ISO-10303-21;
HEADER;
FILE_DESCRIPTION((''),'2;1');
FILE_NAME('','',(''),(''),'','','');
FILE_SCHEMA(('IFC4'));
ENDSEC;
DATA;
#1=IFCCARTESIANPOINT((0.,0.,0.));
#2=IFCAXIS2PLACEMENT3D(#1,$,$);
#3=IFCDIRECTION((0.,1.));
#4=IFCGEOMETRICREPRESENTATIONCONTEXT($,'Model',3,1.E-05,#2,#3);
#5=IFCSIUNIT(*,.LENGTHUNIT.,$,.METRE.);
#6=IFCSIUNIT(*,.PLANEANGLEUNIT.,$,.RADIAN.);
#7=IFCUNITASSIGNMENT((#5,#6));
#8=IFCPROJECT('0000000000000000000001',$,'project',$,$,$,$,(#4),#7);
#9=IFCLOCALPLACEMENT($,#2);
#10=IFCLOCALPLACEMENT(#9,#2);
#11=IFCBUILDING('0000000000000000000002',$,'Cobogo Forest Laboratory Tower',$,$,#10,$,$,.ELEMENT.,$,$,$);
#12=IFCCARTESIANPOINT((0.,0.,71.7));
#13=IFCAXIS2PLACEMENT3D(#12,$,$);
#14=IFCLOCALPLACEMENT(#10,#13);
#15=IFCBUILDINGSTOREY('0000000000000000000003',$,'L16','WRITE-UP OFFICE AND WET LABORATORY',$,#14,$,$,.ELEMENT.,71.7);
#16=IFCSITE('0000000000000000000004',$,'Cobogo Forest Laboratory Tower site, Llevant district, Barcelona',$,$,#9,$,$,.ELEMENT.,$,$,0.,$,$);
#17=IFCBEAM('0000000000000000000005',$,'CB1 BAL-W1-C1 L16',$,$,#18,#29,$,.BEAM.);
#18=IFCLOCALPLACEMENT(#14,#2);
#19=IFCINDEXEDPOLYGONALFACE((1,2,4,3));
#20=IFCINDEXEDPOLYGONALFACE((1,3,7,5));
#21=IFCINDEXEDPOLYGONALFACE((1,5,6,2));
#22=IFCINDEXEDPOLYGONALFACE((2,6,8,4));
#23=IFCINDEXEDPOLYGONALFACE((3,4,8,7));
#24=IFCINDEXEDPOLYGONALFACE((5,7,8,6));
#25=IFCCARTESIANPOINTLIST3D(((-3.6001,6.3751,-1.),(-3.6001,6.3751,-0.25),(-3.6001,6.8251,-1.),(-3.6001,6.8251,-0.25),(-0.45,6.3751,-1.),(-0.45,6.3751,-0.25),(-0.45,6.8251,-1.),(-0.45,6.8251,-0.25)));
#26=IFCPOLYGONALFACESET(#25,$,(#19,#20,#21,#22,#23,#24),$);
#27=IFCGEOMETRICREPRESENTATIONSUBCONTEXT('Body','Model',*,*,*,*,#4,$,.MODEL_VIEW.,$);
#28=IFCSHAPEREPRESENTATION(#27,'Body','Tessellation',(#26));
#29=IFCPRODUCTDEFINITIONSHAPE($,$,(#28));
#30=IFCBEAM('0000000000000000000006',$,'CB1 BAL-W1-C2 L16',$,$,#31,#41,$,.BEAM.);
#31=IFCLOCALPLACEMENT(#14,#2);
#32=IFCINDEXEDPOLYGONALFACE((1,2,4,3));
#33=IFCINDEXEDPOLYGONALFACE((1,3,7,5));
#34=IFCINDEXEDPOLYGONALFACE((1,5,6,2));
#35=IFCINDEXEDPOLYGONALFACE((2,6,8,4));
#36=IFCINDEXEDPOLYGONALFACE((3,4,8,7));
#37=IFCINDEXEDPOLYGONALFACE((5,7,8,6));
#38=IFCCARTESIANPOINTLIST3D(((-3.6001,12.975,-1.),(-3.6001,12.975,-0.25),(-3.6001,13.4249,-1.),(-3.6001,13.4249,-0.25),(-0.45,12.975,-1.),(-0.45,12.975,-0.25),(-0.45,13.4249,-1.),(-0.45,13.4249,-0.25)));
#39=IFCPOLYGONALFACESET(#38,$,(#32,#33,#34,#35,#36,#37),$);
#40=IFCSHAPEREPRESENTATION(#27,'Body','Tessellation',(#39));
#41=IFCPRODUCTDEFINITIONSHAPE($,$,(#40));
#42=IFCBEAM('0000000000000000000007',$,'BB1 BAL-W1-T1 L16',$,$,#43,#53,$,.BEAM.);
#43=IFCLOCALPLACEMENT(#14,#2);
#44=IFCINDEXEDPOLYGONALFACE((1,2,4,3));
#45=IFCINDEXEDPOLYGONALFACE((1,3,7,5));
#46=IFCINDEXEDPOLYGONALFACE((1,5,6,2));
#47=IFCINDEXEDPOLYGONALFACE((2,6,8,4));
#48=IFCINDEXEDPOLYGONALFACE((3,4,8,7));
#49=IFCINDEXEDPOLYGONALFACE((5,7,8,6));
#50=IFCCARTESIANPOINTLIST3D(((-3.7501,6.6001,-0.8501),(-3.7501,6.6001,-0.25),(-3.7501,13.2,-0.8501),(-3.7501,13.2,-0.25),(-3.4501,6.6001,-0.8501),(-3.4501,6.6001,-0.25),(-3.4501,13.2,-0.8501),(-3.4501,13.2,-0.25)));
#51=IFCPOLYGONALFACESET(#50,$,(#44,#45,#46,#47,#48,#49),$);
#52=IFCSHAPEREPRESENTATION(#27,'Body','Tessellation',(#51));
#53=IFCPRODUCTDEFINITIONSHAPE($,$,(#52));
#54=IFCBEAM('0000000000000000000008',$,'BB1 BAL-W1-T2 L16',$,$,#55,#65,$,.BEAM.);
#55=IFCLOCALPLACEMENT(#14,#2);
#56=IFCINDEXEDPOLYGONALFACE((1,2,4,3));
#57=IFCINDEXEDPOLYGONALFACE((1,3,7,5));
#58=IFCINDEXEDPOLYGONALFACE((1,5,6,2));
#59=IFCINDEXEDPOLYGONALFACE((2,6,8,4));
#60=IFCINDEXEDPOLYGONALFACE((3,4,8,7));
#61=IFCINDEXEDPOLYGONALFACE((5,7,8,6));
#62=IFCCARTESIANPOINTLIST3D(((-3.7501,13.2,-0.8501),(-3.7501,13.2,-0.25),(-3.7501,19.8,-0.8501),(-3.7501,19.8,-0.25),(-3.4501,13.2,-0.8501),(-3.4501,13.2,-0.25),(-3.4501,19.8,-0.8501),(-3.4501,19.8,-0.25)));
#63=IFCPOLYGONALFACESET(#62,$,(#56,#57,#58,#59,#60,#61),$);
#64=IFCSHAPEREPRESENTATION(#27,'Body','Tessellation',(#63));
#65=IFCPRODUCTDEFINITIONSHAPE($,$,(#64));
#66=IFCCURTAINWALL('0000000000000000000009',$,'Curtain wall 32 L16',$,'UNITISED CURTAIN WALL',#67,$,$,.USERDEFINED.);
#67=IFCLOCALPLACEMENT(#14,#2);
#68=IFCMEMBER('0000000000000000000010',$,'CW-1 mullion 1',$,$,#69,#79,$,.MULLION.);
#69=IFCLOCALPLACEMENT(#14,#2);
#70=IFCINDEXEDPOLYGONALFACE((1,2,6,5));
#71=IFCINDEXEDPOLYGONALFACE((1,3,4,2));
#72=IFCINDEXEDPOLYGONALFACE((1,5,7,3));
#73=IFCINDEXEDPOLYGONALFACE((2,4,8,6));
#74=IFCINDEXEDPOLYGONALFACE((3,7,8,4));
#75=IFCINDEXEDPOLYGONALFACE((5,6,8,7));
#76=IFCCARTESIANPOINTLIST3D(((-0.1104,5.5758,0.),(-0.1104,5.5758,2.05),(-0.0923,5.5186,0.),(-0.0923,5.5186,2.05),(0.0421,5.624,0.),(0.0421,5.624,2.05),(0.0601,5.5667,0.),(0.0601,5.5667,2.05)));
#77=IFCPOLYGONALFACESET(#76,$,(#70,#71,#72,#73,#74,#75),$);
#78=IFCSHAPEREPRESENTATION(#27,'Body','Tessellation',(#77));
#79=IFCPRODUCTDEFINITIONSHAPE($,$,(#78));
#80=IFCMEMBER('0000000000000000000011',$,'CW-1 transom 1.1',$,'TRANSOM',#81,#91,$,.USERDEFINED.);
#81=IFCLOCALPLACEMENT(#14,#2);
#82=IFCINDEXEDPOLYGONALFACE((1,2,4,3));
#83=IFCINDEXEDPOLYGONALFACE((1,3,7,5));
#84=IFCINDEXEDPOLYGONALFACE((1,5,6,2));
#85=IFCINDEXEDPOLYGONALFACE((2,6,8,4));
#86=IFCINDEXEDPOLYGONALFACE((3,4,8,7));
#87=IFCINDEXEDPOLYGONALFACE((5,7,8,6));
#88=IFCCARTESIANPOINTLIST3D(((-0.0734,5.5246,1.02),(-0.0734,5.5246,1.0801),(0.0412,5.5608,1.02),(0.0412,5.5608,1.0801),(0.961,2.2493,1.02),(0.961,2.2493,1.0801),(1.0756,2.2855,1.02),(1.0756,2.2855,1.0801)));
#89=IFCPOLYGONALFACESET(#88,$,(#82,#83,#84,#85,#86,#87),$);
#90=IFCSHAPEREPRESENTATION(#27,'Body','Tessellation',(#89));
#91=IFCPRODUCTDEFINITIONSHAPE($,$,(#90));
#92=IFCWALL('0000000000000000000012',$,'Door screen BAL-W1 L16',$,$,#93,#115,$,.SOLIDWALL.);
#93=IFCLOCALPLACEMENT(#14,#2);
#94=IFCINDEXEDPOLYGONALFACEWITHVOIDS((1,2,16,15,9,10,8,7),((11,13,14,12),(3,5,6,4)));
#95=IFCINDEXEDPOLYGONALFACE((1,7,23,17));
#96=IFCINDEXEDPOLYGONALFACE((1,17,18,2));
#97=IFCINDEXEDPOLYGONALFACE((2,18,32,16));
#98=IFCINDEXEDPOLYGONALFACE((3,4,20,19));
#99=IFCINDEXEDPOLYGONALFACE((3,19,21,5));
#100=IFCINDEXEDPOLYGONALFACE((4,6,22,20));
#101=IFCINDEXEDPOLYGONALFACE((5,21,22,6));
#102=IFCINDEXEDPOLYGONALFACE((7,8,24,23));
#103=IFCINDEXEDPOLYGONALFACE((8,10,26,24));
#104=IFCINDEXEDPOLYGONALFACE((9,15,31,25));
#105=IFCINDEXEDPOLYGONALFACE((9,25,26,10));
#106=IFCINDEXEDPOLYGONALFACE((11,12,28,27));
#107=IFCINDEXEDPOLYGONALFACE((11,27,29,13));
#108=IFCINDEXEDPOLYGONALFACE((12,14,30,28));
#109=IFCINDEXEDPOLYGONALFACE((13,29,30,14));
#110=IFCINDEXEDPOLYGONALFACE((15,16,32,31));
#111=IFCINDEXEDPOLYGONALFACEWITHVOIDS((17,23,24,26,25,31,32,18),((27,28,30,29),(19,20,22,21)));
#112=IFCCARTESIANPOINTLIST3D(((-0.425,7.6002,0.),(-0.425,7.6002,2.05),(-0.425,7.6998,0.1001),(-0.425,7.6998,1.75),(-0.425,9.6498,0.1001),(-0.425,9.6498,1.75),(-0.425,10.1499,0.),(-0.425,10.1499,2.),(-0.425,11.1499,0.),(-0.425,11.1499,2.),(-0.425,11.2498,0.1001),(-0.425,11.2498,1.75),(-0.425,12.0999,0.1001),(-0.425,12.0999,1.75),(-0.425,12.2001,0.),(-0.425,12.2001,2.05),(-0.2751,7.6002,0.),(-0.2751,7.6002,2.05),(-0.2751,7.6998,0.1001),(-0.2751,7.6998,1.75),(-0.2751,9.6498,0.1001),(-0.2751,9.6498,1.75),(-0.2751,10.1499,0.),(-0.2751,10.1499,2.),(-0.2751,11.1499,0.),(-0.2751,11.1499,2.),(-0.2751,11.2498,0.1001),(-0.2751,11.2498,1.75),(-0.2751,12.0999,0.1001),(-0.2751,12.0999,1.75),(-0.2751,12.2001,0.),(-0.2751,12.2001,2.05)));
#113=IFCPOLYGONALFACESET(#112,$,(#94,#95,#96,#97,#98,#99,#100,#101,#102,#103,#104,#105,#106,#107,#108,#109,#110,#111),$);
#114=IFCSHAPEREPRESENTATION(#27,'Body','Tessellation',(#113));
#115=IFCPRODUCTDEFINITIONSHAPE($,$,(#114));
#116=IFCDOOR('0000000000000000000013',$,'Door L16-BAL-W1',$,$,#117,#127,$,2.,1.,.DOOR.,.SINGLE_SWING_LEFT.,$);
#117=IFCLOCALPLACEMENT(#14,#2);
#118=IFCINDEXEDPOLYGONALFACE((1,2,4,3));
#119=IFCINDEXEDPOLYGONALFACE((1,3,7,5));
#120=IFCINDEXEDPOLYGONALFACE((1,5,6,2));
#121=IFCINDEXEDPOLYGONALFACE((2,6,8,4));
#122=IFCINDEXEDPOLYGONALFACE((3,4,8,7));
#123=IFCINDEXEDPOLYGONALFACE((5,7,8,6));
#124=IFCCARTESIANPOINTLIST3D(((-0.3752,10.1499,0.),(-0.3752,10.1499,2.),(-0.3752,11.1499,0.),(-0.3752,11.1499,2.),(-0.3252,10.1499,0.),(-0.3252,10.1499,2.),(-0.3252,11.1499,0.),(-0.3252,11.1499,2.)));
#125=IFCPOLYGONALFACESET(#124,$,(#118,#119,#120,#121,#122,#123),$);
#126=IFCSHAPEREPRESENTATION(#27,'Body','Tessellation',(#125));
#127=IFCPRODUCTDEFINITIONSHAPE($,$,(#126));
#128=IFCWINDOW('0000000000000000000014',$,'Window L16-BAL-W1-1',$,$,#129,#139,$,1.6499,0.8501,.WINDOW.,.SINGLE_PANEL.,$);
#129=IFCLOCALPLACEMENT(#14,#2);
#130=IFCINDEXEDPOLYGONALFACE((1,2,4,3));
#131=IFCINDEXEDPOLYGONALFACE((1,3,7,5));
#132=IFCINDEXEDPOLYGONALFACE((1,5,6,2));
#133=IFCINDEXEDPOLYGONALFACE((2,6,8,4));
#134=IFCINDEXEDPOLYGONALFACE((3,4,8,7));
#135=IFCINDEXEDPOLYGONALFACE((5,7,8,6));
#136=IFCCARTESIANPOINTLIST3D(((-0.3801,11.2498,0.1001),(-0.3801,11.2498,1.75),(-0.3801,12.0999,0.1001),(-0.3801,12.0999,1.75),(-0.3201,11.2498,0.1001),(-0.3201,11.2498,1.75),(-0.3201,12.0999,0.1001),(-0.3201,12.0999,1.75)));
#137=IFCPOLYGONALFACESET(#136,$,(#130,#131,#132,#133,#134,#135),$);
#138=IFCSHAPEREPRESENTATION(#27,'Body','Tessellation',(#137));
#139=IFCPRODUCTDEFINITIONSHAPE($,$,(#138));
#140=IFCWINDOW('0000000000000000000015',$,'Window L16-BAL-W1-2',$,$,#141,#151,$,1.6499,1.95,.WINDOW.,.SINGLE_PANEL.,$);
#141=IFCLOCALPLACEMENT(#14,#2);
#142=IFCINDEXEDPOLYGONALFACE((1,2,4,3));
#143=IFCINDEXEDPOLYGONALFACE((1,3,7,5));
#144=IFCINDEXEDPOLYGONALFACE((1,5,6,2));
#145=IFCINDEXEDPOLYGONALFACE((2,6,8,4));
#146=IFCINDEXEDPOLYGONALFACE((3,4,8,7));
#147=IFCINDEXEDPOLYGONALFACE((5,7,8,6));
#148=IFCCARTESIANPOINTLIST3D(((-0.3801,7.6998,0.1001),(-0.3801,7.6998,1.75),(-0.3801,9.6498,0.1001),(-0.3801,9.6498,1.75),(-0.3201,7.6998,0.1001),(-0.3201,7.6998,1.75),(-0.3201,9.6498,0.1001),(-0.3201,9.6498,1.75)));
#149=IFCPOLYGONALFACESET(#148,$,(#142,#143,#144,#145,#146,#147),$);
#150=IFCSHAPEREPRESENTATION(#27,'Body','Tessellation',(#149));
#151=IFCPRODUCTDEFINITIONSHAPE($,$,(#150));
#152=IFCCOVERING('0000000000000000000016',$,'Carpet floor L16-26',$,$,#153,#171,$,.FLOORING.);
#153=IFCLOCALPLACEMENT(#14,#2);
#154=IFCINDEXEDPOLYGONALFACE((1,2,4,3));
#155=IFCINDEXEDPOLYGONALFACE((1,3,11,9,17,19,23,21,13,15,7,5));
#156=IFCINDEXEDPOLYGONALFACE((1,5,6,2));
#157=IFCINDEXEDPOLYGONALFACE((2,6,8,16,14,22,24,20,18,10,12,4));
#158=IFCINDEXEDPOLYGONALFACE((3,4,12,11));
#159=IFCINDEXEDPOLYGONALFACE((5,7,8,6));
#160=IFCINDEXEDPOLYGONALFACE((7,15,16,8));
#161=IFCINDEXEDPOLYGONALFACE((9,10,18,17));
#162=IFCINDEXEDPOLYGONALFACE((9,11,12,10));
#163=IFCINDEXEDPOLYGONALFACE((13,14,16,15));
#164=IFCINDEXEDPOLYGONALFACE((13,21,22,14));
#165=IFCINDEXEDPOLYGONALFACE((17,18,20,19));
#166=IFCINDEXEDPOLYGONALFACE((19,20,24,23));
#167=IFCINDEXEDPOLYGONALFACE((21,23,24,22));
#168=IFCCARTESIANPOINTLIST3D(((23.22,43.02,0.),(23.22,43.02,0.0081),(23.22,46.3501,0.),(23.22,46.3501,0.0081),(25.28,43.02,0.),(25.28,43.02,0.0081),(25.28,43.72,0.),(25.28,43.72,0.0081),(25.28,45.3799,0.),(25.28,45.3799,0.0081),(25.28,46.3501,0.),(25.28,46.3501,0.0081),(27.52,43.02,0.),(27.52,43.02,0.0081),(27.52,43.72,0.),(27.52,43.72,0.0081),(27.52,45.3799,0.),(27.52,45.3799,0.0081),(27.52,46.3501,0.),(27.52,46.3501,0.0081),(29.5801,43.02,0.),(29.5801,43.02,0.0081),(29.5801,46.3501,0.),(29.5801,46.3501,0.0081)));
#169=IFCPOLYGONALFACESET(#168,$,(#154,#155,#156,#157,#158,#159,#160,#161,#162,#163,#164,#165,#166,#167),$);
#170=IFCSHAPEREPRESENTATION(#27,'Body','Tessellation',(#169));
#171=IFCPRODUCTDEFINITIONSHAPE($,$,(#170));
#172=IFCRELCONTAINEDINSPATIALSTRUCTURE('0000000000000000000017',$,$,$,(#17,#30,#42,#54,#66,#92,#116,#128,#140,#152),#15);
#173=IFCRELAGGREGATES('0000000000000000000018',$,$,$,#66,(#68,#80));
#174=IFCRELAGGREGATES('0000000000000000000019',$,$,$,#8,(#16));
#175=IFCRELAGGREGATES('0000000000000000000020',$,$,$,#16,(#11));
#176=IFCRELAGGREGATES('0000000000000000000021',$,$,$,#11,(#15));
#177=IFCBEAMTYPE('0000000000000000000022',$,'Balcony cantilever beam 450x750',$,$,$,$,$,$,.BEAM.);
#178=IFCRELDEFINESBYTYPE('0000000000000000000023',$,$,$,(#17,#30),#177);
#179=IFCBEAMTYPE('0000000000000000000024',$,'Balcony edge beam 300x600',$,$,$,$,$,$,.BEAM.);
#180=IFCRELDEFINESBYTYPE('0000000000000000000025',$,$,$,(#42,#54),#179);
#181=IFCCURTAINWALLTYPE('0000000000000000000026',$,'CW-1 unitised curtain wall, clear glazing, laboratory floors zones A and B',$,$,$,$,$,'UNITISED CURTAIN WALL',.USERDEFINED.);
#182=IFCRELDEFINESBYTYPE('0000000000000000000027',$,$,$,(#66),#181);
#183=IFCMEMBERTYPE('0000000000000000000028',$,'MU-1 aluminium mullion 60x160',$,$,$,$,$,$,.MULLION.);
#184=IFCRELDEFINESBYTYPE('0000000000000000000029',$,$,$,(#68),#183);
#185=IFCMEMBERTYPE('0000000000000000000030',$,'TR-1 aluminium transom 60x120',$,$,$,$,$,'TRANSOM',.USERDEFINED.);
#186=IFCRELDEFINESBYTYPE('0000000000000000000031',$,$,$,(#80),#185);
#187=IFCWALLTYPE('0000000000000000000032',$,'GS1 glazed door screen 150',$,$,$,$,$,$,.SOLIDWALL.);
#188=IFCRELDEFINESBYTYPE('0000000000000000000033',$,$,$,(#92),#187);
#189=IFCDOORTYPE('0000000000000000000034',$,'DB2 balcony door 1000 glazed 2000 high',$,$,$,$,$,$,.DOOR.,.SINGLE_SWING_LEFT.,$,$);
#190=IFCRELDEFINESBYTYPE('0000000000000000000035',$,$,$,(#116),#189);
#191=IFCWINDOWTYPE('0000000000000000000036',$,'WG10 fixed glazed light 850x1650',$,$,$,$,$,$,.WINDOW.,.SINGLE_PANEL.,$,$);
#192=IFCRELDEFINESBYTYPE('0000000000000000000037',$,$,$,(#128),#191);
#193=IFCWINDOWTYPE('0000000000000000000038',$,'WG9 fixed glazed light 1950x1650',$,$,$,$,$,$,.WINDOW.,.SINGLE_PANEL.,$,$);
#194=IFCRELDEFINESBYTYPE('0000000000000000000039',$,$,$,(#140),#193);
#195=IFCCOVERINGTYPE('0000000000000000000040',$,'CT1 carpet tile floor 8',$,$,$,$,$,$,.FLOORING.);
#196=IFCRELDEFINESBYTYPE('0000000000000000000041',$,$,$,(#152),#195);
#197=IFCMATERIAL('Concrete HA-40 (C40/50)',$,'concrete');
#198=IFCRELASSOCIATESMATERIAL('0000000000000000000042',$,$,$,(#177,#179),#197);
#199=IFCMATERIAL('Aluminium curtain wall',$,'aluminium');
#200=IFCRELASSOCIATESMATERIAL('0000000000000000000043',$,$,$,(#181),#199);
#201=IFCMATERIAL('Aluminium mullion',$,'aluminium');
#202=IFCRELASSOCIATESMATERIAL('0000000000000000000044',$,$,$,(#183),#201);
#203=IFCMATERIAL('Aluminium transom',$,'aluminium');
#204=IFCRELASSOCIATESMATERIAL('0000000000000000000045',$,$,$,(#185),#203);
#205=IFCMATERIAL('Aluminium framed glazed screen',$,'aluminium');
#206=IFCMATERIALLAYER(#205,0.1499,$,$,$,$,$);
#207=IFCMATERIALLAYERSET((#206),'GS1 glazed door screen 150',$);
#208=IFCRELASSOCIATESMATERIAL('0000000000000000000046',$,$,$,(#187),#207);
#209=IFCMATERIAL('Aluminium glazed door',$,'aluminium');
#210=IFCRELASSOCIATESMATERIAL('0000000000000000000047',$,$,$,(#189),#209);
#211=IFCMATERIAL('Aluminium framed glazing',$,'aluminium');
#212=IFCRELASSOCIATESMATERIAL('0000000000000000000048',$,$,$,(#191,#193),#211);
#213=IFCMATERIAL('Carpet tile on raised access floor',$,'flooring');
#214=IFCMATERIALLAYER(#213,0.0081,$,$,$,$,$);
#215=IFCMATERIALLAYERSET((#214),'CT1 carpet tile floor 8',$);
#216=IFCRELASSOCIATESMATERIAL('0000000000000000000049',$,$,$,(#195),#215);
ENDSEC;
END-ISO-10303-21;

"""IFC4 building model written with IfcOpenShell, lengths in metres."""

from ifc_helpers import new_model, si_unit, direction, frame, frame_2d, origin, origin_2d, place, context, subcontext, project, spatial, polyline, rectangle, outline, extrude, material, layer, layer_set, material_profile, profile_set, type_object, element, fill, aggregate, save


model = new_model("IFC4")

# Units and contexts
model_context = context("Model", 3, precision=1e-05, world=origin(), true_north=direction((0.0, 1.0)))
body_context = subcontext(model_context, "Body", "Model", "MODEL_VIEW")
ifc_project = project(units=[si_unit("LENGTHUNIT", "METRE"), si_unit("PLANEANGLEUNIT", "RADIAN")], contexts=[model_context])

# Site, building, storey
site_placement = place(None, origin())
site = spatial("IfcSite", under=ifc_project, at=site_placement, Name="Cobogo Forest Laboratory Tower site, Llevant district, Barcelona", CompositionType="ELEMENT", RefElevation=0.0)
building_placement = place(site_placement, origin())
building = spatial("IfcBuilding", under=site, at=building_placement, Name="Cobogo Forest Laboratory Tower", CompositionType="ELEMENT")
storey_placement = place(building_placement, frame((0.0, 0.0, 71.7)))
storey = spatial("IfcBuildingStorey", under=building, at=storey_placement, Name="L16", Description="WRITE-UP OFFICE AND WET LABORATORY", CompositionType="ELEMENT", Elevation=71.7)

# Beams
ifc_material_1 = material(Name="Concrete HA-40 (C40/50)", Category="concrete")
ifc_material_profile_1 = material_profile(ifc_material_1, rectangle(XDim=0.45, YDim=0.75, at=origin_2d()), Name="RC 450x750")
ifc_profile_set_1 = profile_set([ifc_material_profile_1], Name="Concrete HA-40 (C40/50)")
beam_type_1 = type_object("IfcBeamType", Name="Balcony cantilever beam 450x750", PredefinedType="BEAM", material=ifc_profile_set_1)
for number, where, z_axis, x_axis, name in (
    (1, (-0.45, 6.6001, -0.625), (-1.0, 0.0, 0.0), (0.0, -1.0, 0.0), "CB1 BAL-W1-C1 L16"),
    (2, (-0.45, 13.2, -0.625), (-1.0, 0.0, 0.0), (0.0, -1.0, 0.0), "CB1 BAL-W1-C2 L16"),
):
    element("IfcBeam", number, at=place(storey_placement, frame(where, z_axis=z_axis, x_axis=x_axis)), inside=storey, type_object=beam_type_1, Name=name, PredefinedType="BEAM", context=body_context, shape_type="SweptSolid", body=[
        extrude(rectangle(XDim=0.45, YDim=0.75, at=origin_2d()), origin(), (0.0, 0.0, 1.0), 3.1501),
    ])
ifc_material_profile_2 = material_profile(ifc_material_1, rectangle(XDim=0.3, YDim=0.6001, at=origin_2d()), Name="RC 300x600")
ifc_profile_set_2 = profile_set([ifc_material_profile_2], Name="Concrete HA-40 (C40/50)")
beam_type_2 = type_object("IfcBeamType", Name="Balcony edge beam 300x600", PredefinedType="BEAM", material=ifc_profile_set_2)
beam_1_placement = place(storey_placement, frame((-3.6001, 6.6001, -0.55), z_axis=(0.0, 1.0, 0.0), x_axis=(-1.0, 0.0, 0.0)))
element("IfcBeam", 3, at=beam_1_placement, inside=storey, type_object=beam_type_2, Name="BB1 BAL-W1-T1 L16", PredefinedType="BEAM", context=body_context, shape_type="SweptSolid", body=[
    extrude(rectangle(XDim=0.3, YDim=0.6001, at=origin_2d()), origin(), (0.0, 0.0, 1.0), 6.5999),
])
beam_2_placement = place(storey_placement, frame((-3.6001, 13.2, -0.55), z_axis=(0.0, 1.0, 0.0), x_axis=(-1.0, 0.0, 0.0)))
element("IfcBeam", 4, at=beam_2_placement, inside=storey, type_object=beam_type_2, Name="BB1 BAL-W1-T2 L16", PredefinedType="BEAM", context=body_context, shape_type="SweptSolid", body=[
    extrude(rectangle(XDim=0.3, YDim=0.6001, at=origin_2d()), origin(), (0.0, 0.0, 1.0), 6.6001),
])

# Curtain wall, members
ifc_material_2 = material(Name="Aluminium curtain wall", Category="aluminium")
curtain_wall_type = type_object("IfcCurtainWallType", Name="CW-1 unitised curtain wall, clear glazing, laboratory floors zones A and B", ElementType="UNITISED CURTAIN WALL", PredefinedType="USERDEFINED", material=ifc_material_2)
curtain_wall_placement = place(storey_placement, origin())
curtain_wall = element("IfcCurtainWall", 5, at=curtain_wall_placement, inside=storey, type_object=curtain_wall_type, Name="Curtain wall 32 L16", ObjectType="UNITISED CURTAIN WALL", PredefinedType="USERDEFINED")
ifc_material_3 = material(Name="Aluminium mullion", Category="aluminium")
ifc_material_profile_3 = material_profile(ifc_material_3, rectangle(XDim=0.0601, YDim=0.1599, at=origin_2d()), Name="AL 60x160")
ifc_profile_set_3 = profile_set([ifc_material_profile_3], Name="Aluminium mullion")
member_type_1 = type_object("IfcMemberType", Name="MU-1 aluminium mullion 60x160", PredefinedType="MULLION", material=ifc_profile_set_3)
member_1_placement = place(storey_placement, frame((-0.0251, 5.5713, 0.0), z_axis=(0.0, 0.0, 1.0), x_axis=(0.301135, -0.953581, 0.0)))
member_1 = element("IfcMember", 6, at=member_1_placement, type_object=member_type_1, Name="CW-1 mullion 1", PredefinedType="MULLION", context=body_context, shape_type="SweptSolid", body=[
    extrude(rectangle(XDim=0.0601, YDim=0.1599, at=origin_2d()), origin(), (0.0, 0.0, 1.0), 2.05),
])
ifc_material_4 = material(Name="Aluminium transom", Category="aluminium")
ifc_material_profile_4 = material_profile(ifc_material_4, rectangle(XDim=0.1201, YDim=0.0601, at=origin_2d()), Name="AL 60x120")
ifc_profile_set_4 = profile_set([ifc_material_profile_4], Name="Aluminium transom")
member_type_2 = type_object("IfcMemberType", Name="TR-1 aluminium transom 60x120", ElementType="TRANSOM", PredefinedType="USERDEFINED", material=ifc_profile_set_4)
member_2_placement = place(storey_placement, frame((-0.0161, 5.5427, 1.05), z_axis=(0.301155, -0.953575, 0.0), x_axis=(0.953575, 0.301155, 0.0)))
member_2 = element("IfcMember", 7, at=member_2_placement, type_object=member_type_2, Name="CW-1 transom 1.1", ObjectType="TRANSOM", PredefinedType="USERDEFINED", context=body_context, shape_type="SweptSolid", body=[
    extrude(rectangle(XDim=0.1201, YDim=0.0601, at=origin_2d()), origin(), (0.0, 0.0, 1.0), 3.4348),
])
aggregate(curtain_wall, [member_1, member_2])

# Wall, openings, door, windows
ifc_material_5 = material(Name="Aluminium framed glazed screen", Category="aluminium")
ifc_layer_1 = layer(ifc_material_5, 0.1499)
ifc_layer_set_1 = layer_set([ifc_layer_1], Name="GS1 glazed door screen 150")
wall_type = type_object("IfcWallType", Name="GS1 glazed door screen 150", PredefinedType="SOLIDWALL", material=ifc_layer_set_1)
wall_placement = place(storey_placement, frame((-0.3501, 12.2, 0.0), z_axis=(0.0, 0.0, 1.0), x_axis=(0.0, -1.0, 0.0)))
wall = element("IfcWall", 8, at=wall_placement, inside=storey, type_object=wall_type, Name="Door screen BAL-W1 L16", PredefinedType="SOLIDWALL", context=body_context, shape_type="SweptSolid", body=[
    extrude(rectangle(XDim=4.5999, YDim=0.1499, at=frame_2d((2.2998, 0.0))), origin(), (0.0, 0.0, 1.0), 2.05),
])
opening_1_placement = place(wall_placement, frame((1.05, 0.0, 0.0)))
opening_1 = element("IfcOpeningElement", 9, at=opening_1_placement, cuts=wall, PredefinedType="OPENING", context=body_context, shape_type="SweptSolid", body=[
    extrude(rectangle(XDim=1.0, YDim=2.0, at=frame_2d((0.5, 1.0))), frame((0.0, 0.085, 0.0), z_axis=(0.0, -1.0, 0.0), x_axis=(1.0, 0.0, 0.0)), (0.0, 0.0, 1.0), 0.1699),
])
opening_2_placement = place(wall_placement, frame((0.1001, 0.0, 0.1001)))
opening_2 = element("IfcOpeningElement", 10, at=opening_2_placement, cuts=wall, PredefinedType="OPENING", context=body_context, shape_type="SweptSolid", body=[
    extrude(rectangle(XDim=0.8501, YDim=1.6499, at=frame_2d((0.425, 0.825))), frame((0.0, 0.085, 0.0), z_axis=(0.0, -1.0, 0.0), x_axis=(1.0, 0.0, 0.0)), (0.0, 0.0, 1.0), 0.1699),
])
opening_3_placement = place(wall_placement, frame((2.55, 0.0, 0.1001)))
opening_3 = element("IfcOpeningElement", 11, at=opening_3_placement, cuts=wall, PredefinedType="OPENING", context=body_context, shape_type="SweptSolid", body=[
    extrude(rectangle(XDim=1.95, YDim=1.6499, at=frame_2d((0.9751, 0.825))), frame((0.0, 0.085, 0.0), z_axis=(0.0, -1.0, 0.0), x_axis=(1.0, 0.0, 0.0)), (0.0, 0.0, 1.0), 0.1699),
])
ifc_material_6 = material(Name="Aluminium glazed door", Category="aluminium")
door_type = type_object("IfcDoorType", Name="DB2 balcony door 1000 glazed 2000 high", OperationType="SINGLE_SWING_LEFT", PredefinedType="DOOR", material=ifc_material_6)
door_placement = place(opening_1_placement, origin())
door = element("IfcDoor", 12, at=door_placement, inside=storey, type_object=door_type, Name="Door L16-BAL-W1", OperationType="SINGLE_SWING_LEFT", OverallHeight=2.0, OverallWidth=1.0, PredefinedType="DOOR", context=body_context, shape_type="SweptSolid", body=[
    extrude(rectangle(XDim=1.0, YDim=2.0, at=frame_2d((0.5, 1.0))), frame((0.0, 0.0249, 0.0), z_axis=(0.0, -1.0, 0.0), x_axis=(1.0, 0.0, 0.0)), (0.0, 0.0, 1.0), 0.05),
])
fill(opening_1, door)
ifc_material_7 = material(Name="Aluminium framed glazing", Category="aluminium")
window_type_1 = type_object("IfcWindowType", Name="WG10 fixed glazed light 850x1650", PartitioningType="SINGLE_PANEL", PredefinedType="WINDOW", material=ifc_material_7)
window_1_placement = place(opening_2_placement, origin())
window_1 = element("IfcWindow", 13, at=window_1_placement, inside=storey, type_object=window_type_1, Name="Window L16-BAL-W1-1", OverallHeight=1.6499, OverallWidth=0.8501, PartitioningType="SINGLE_PANEL", PredefinedType="WINDOW", context=body_context, shape_type="SweptSolid", body=[
    extrude(rectangle(XDim=0.8501, YDim=1.6499, at=frame_2d((0.425, 0.825))), frame((0.0, 0.03, 0.0), z_axis=(0.0, -1.0, 0.0), x_axis=(1.0, 0.0, 0.0)), (0.0, 0.0, 1.0), 0.0601),
])
fill(opening_2, window_1)
window_type_2 = type_object("IfcWindowType", Name="WG9 fixed glazed light 1950x1650", PartitioningType="SINGLE_PANEL", PredefinedType="WINDOW", material=ifc_material_7)
window_2_placement = place(opening_3_placement, origin())
window_2 = element("IfcWindow", 14, at=window_2_placement, inside=storey, type_object=window_type_2, Name="Window L16-BAL-W1-2", OverallHeight=1.6499, OverallWidth=1.95, PartitioningType="SINGLE_PANEL", PredefinedType="WINDOW", context=body_context, shape_type="SweptSolid", body=[
    extrude(rectangle(XDim=1.95, YDim=1.6499, at=frame_2d((0.9751, 0.825))), frame((0.0, 0.03, 0.0), z_axis=(0.0, -1.0, 0.0), x_axis=(1.0, 0.0, 0.0)), (0.0, 0.0, 1.0), 0.0601),
])
fill(opening_3, window_2)

# Covering
ifc_material_8 = material(Name="Carpet tile on raised access floor", Category="flooring")
ifc_layer_2 = layer(ifc_material_8, 0.0081)
ifc_layer_set_2 = layer_set([ifc_layer_2], Name="CT1 carpet tile floor 8")
covering_type_1 = type_object("IfcCoveringType", Name="CT1 carpet tile floor 8", PredefinedType="FLOORING", material=ifc_layer_set_2)
covering_1_placement = place(storey_placement, origin())
element("IfcCovering", 15, at=covering_1_placement, inside=storey, type_object=covering_type_1, Name="Carpet floor L16-26", PredefinedType="FLOORING", context=body_context, shape_type="SweptSolid", body=[
    extrude(outline(polyline([(27.52, 43.02), (27.52, 43.72), (25.28, 43.72), (25.28, 43.02), (23.22, 43.02), (23.22, 46.3501), (25.28, 46.3501), (25.28, 45.3799), (27.52, 45.3799), (27.52, 46.3501), (29.5801, 46.3501), (29.5801, 43.02), (27.52, 43.02)])), origin(), (0.0, 0.0, 1.0), 0.0081),
])

save(model, "model.ifc")
